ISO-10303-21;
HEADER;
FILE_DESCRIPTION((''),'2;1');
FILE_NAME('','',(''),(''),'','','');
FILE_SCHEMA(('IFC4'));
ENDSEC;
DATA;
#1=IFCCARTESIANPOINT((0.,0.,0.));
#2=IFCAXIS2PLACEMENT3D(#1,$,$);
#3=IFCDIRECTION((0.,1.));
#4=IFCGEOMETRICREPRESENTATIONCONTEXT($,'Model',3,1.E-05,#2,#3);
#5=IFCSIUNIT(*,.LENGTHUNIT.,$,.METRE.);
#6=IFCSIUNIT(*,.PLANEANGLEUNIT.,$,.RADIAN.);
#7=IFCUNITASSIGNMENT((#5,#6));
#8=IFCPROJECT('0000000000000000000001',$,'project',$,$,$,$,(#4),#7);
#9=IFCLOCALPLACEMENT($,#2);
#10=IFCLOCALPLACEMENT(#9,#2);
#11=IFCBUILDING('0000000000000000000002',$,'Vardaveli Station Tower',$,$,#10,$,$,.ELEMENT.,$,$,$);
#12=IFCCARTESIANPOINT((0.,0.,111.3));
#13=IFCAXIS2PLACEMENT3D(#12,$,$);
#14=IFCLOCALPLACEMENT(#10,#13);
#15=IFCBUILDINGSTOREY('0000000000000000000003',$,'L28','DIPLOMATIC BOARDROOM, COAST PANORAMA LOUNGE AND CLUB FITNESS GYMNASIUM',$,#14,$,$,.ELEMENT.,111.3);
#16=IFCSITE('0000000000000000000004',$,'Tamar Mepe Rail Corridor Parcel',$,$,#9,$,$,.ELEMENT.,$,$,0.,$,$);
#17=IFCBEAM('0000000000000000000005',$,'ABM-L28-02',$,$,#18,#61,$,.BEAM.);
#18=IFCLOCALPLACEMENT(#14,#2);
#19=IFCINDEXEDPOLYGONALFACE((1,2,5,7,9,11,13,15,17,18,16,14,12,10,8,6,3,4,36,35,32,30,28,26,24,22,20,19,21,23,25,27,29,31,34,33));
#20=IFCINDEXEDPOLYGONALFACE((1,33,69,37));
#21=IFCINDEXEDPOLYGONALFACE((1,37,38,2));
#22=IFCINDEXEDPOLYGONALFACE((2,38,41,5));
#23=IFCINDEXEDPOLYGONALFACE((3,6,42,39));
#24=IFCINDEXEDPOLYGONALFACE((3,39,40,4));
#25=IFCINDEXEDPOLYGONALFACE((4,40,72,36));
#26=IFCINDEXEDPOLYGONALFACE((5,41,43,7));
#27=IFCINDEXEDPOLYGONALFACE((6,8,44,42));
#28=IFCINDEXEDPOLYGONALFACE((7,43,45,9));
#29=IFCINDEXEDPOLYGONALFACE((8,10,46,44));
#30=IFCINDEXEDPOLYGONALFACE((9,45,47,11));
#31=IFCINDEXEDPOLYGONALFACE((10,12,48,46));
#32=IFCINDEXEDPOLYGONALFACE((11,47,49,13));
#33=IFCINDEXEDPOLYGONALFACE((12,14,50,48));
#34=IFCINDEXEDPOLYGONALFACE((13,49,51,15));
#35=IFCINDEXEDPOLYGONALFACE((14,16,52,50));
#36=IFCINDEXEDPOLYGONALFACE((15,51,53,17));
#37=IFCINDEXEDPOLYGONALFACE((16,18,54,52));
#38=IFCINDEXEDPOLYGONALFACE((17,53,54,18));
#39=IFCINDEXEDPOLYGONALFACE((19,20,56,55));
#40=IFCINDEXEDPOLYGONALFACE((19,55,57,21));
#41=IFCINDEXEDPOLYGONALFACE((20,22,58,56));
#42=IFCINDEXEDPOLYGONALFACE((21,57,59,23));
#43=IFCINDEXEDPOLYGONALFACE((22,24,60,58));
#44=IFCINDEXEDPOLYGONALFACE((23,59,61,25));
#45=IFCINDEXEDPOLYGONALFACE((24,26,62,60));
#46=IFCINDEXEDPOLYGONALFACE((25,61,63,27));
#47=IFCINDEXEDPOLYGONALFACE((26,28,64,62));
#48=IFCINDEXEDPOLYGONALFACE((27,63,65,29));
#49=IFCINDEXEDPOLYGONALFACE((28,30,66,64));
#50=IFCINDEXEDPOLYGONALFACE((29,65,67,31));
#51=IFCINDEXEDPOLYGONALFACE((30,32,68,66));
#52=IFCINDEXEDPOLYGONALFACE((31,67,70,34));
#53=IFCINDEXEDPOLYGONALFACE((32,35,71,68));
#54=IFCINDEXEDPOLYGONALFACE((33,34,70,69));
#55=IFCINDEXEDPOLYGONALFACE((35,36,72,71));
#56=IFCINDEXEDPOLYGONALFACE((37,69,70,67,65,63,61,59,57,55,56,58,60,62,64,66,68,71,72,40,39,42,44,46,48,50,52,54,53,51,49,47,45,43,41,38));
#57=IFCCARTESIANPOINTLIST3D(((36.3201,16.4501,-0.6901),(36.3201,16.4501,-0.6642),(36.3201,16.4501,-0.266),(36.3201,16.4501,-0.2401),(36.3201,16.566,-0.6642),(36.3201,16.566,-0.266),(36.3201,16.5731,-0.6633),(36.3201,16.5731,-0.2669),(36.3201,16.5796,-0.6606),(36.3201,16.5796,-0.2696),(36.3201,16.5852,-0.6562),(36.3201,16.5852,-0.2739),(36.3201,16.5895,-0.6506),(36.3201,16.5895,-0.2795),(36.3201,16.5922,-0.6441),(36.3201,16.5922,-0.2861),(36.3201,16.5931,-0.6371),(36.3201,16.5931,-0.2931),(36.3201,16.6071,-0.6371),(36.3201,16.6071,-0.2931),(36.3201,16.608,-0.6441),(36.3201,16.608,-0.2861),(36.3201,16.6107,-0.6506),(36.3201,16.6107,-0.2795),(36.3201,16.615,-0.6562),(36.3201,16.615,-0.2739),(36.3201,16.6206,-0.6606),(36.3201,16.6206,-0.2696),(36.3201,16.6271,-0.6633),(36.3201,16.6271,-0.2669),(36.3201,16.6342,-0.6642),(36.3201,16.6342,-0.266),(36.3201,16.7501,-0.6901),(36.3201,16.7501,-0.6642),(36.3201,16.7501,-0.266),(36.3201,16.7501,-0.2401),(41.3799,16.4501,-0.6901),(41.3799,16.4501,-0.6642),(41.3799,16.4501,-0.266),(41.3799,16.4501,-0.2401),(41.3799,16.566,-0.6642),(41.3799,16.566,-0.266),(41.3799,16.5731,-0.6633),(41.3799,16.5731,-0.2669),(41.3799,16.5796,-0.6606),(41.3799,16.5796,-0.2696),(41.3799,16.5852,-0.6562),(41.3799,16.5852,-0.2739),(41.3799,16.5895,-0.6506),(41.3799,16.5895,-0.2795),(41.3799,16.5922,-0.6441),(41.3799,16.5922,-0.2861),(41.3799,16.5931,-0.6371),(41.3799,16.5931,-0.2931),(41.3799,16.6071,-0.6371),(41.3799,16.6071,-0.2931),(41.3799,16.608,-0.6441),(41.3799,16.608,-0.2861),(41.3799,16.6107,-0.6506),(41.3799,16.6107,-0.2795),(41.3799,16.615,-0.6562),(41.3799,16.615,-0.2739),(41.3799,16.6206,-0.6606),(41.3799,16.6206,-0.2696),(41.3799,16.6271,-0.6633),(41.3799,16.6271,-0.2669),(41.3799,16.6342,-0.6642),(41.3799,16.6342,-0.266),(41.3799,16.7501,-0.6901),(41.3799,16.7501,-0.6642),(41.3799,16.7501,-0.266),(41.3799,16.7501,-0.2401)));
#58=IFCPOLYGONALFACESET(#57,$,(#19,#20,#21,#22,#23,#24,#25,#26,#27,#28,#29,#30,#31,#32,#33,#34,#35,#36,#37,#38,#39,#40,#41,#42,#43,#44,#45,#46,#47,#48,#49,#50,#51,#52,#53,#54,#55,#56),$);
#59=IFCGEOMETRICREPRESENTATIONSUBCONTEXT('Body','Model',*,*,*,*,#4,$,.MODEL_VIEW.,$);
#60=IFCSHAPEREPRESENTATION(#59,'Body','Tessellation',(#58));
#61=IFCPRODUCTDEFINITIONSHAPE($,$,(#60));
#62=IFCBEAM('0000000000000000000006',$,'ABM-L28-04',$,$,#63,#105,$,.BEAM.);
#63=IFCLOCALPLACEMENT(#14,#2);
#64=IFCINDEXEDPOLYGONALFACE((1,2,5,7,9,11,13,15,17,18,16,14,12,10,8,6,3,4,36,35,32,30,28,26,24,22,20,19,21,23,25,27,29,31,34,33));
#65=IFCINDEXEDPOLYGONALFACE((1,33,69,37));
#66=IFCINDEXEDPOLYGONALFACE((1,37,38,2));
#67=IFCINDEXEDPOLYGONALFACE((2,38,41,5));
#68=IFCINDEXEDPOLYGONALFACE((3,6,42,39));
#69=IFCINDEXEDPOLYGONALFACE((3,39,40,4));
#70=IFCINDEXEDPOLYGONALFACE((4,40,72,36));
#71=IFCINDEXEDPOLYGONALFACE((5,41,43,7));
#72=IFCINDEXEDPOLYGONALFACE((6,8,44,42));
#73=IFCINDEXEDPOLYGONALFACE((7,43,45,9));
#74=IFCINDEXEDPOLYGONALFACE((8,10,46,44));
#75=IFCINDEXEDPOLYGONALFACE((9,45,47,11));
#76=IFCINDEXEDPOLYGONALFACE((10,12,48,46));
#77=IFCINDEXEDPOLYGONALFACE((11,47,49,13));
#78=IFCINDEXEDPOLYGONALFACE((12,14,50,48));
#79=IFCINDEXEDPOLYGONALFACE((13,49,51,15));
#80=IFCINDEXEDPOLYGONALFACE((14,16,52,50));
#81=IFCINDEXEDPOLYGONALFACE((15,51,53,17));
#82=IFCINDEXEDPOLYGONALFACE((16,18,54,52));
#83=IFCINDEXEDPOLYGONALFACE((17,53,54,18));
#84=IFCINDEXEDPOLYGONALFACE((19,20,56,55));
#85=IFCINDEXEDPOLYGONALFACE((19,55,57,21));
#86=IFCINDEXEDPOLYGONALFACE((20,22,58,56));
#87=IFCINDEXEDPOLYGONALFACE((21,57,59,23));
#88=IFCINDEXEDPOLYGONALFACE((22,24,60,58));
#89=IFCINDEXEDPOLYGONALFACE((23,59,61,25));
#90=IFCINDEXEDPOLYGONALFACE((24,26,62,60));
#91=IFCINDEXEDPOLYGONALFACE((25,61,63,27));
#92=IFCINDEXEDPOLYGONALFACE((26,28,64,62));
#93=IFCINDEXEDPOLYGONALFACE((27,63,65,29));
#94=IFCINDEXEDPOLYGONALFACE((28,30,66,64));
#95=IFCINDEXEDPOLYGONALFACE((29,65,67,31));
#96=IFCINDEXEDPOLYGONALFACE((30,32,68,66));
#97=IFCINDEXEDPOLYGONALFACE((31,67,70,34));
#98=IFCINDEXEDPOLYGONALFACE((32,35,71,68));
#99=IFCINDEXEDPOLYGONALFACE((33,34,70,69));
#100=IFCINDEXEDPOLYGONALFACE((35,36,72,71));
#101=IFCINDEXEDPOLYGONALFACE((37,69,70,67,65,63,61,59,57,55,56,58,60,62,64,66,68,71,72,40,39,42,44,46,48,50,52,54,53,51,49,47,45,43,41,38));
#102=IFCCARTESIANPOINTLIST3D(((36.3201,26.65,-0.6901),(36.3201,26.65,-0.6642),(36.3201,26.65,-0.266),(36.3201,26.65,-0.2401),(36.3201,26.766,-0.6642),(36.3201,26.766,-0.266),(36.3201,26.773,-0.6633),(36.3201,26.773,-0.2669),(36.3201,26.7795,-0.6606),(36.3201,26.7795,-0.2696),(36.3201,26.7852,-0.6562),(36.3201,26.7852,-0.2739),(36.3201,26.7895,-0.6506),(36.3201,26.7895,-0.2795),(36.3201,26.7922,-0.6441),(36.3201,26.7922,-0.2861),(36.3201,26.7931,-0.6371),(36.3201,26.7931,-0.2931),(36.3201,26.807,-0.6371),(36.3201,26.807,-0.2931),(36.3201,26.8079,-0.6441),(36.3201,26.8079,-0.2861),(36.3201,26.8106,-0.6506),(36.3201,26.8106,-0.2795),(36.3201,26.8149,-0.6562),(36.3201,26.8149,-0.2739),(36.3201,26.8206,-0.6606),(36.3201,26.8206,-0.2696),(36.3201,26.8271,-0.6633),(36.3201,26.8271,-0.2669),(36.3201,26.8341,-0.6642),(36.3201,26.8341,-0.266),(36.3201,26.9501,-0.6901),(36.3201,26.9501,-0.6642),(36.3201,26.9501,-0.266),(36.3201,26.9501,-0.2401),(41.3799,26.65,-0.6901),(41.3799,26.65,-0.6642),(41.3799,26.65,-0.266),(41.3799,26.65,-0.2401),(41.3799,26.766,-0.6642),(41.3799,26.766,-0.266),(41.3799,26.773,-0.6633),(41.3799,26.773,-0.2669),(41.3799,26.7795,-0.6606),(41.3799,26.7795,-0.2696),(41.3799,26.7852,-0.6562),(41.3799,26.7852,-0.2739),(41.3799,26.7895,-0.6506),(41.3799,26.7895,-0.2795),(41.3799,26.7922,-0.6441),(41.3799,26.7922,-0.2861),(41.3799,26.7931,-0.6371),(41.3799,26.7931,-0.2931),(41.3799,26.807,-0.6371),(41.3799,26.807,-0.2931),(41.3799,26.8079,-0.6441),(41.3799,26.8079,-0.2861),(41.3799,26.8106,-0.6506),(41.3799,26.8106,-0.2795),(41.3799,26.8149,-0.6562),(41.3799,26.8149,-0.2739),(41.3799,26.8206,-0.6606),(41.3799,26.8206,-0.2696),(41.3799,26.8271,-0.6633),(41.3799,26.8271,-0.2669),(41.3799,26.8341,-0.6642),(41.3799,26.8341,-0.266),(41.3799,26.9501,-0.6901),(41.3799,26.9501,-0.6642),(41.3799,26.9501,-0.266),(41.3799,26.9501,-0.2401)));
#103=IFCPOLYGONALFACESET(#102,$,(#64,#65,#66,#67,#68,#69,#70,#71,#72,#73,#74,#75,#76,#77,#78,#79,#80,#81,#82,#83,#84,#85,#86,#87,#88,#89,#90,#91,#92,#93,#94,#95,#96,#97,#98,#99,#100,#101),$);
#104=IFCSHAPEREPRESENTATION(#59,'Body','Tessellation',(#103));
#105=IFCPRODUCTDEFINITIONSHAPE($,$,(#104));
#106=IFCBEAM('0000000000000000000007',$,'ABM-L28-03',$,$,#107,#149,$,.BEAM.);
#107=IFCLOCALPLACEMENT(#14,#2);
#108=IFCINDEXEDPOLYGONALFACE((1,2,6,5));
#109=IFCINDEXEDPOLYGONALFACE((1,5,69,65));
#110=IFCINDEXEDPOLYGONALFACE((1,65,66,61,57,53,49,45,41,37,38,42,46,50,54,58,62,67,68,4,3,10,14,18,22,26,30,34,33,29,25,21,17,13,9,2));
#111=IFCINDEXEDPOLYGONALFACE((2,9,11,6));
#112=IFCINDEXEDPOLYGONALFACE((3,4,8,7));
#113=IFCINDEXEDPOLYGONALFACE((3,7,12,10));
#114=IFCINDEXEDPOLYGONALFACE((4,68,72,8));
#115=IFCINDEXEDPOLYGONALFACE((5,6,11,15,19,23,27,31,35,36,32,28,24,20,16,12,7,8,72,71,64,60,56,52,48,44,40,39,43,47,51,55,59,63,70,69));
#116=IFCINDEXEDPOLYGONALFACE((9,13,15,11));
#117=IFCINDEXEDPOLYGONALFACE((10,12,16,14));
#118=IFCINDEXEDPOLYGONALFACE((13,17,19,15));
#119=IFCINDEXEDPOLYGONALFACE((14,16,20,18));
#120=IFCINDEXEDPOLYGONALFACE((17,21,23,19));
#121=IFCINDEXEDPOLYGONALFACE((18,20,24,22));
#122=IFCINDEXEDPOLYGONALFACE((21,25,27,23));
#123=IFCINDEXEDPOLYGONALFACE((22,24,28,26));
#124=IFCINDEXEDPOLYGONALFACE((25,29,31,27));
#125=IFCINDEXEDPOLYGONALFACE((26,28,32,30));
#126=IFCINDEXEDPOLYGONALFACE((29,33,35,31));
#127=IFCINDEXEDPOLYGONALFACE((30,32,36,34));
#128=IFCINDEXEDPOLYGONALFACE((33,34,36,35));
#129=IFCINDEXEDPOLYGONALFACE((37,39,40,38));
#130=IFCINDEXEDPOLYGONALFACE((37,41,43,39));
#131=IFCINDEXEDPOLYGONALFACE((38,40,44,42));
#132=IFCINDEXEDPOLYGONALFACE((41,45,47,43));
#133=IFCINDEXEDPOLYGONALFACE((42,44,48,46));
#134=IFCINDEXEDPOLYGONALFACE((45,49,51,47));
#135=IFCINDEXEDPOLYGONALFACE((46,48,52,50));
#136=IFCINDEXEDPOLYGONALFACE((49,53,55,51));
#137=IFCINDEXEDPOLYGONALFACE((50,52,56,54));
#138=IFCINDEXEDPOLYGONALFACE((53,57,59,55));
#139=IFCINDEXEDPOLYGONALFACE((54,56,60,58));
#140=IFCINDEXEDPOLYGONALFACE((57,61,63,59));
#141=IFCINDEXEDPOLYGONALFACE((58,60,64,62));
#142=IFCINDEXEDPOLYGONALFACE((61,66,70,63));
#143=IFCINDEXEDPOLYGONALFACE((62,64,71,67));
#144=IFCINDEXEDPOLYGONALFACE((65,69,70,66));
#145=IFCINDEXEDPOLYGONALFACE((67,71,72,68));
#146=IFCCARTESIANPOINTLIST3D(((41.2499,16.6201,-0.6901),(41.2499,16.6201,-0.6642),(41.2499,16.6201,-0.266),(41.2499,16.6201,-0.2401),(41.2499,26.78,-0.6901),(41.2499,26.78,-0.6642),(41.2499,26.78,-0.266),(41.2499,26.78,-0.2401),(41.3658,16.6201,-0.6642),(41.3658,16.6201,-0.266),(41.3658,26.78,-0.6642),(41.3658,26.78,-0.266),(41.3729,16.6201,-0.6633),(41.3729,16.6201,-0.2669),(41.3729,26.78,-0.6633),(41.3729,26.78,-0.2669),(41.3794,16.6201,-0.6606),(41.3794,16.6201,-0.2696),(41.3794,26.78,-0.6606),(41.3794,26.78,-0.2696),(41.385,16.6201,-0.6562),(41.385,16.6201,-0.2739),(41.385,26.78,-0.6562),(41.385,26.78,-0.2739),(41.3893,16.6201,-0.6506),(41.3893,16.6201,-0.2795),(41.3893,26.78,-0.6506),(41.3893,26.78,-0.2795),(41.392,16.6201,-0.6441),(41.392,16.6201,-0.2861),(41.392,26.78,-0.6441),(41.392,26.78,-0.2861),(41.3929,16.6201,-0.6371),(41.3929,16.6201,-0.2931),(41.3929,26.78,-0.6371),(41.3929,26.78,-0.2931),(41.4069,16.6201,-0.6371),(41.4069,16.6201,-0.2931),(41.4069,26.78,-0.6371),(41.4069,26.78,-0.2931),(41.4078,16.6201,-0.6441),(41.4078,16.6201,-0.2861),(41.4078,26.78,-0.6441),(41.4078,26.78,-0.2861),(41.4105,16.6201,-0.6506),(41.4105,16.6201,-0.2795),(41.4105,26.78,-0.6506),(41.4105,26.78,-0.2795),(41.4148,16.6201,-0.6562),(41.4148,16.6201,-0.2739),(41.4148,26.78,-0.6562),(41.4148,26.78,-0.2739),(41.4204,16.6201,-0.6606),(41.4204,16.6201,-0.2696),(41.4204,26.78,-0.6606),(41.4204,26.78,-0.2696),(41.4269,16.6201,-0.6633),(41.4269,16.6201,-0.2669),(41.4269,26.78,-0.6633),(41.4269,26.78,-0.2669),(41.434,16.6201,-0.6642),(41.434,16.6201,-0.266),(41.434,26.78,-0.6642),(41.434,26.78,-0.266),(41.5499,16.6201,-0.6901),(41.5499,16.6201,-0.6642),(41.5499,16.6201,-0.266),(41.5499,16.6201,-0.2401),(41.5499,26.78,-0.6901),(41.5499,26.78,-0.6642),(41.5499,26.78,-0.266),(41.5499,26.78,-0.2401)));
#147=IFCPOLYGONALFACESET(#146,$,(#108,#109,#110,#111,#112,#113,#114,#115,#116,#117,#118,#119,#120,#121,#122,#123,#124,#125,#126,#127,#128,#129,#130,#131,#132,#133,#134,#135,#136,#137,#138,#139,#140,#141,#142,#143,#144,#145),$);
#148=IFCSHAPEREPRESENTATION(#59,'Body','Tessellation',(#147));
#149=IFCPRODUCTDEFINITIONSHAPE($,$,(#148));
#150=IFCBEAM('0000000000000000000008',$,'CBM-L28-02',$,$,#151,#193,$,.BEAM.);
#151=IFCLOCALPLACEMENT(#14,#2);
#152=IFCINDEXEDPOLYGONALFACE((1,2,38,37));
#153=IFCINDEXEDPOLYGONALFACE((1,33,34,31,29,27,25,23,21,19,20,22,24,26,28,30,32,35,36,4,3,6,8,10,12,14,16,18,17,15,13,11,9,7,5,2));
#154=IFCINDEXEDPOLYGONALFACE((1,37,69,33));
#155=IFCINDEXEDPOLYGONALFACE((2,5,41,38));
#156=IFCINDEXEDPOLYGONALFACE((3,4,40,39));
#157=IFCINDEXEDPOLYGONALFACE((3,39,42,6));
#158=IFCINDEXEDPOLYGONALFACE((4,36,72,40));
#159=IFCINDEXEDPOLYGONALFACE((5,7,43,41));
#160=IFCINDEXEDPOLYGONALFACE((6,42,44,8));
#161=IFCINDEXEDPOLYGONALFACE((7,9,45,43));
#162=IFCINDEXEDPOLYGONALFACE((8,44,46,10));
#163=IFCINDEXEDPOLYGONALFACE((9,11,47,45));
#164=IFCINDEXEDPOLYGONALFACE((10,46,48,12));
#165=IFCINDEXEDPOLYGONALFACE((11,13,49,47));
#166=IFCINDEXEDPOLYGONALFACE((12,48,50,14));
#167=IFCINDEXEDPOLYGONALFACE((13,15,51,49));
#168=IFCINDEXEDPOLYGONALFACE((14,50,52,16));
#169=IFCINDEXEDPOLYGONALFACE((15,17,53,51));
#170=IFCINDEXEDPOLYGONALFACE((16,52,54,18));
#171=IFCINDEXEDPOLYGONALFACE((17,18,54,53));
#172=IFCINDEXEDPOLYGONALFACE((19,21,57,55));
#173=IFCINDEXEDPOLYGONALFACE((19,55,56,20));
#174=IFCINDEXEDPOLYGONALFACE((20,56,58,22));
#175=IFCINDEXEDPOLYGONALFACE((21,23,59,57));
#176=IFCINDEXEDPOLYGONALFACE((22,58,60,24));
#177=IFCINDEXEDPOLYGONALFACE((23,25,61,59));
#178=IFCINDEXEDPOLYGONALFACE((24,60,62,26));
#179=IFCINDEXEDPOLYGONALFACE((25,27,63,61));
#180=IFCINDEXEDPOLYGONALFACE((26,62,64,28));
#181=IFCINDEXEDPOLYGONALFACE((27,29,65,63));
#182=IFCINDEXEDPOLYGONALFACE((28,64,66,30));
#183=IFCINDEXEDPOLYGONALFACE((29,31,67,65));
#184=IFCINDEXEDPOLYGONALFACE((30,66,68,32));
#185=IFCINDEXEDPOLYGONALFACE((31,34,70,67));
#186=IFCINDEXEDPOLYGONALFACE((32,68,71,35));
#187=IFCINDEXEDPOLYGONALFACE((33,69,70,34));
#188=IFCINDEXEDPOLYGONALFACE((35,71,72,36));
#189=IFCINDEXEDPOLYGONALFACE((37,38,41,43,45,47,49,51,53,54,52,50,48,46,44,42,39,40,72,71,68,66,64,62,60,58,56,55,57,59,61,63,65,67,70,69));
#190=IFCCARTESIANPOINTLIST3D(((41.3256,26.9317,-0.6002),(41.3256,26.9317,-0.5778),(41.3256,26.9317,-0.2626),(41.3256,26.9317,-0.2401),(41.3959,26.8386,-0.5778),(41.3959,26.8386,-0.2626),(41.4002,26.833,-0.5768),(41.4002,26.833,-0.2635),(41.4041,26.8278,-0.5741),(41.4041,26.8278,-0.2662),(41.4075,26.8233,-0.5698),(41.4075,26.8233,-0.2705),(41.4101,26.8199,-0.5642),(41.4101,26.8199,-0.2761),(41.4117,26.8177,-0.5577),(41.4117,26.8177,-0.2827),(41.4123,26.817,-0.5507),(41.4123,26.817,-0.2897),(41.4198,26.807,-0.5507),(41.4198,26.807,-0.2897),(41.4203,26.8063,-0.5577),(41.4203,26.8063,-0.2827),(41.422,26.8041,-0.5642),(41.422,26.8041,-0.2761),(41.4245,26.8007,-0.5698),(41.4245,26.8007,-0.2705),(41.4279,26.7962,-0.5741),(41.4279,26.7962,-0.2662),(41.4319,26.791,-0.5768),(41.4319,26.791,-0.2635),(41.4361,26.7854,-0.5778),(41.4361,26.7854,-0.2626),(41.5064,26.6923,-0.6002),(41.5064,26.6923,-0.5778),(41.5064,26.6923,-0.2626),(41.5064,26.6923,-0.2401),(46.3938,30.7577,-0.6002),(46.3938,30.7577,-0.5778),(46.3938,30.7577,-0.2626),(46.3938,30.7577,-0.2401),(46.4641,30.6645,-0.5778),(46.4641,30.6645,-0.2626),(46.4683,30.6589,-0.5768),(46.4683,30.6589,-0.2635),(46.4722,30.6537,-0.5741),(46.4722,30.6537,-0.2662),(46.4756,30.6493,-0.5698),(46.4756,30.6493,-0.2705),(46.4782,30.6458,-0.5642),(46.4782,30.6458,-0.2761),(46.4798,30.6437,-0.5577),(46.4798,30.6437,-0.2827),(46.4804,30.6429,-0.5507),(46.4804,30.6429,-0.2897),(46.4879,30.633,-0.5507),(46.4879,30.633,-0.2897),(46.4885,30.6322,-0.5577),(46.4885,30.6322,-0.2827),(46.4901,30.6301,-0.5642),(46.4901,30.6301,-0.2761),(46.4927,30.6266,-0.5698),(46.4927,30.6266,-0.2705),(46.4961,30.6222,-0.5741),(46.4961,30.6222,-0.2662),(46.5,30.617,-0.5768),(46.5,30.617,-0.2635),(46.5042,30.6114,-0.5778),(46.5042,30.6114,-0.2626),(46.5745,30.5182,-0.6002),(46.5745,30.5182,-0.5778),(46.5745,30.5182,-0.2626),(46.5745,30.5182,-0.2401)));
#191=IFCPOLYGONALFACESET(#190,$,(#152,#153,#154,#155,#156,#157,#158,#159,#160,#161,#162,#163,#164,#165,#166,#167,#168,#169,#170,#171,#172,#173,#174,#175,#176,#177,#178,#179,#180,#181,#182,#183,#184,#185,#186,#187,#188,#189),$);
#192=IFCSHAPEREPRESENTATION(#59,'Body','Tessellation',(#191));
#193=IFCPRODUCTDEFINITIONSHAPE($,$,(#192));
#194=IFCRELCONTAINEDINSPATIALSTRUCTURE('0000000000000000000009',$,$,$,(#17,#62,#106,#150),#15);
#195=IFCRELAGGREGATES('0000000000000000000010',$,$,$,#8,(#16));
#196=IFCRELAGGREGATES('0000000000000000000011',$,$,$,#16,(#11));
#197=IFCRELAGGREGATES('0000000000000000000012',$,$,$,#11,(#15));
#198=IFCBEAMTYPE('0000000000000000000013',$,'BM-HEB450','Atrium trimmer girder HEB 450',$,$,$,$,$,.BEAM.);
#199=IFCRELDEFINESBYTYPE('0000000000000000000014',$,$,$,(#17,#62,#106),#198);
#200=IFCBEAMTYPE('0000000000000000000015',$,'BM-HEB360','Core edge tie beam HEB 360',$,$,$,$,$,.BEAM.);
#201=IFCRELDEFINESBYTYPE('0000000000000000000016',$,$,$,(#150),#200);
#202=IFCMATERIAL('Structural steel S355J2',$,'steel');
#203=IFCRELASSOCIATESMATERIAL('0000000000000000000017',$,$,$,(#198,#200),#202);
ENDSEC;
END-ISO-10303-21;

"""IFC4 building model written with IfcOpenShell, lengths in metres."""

from ifc_helpers import new_model, si_unit, direction, frame, origin, origin_2d, place, context, subcontext, project, spatial, i_section, extrude, source, transform, mapped, material, material_profile, profile_set, type_object, element, save


model = new_model("IFC4")

# Units and contexts
model_context = context("Model", 3, precision=1e-05, world=origin(), true_north=direction((0.0, 1.0)))
body_context = subcontext(model_context, "Body", "Model", "MODEL_VIEW")
ifc_project = project(units=[si_unit("LENGTHUNIT", "METRE"), si_unit("PLANEANGLEUNIT", "RADIAN")], contexts=[model_context])

# Site, building, storey
site_placement = place(None, origin())
site = spatial("IfcSite", under=ifc_project, at=site_placement, Name="Tamar Mepe Rail Corridor Parcel", CompositionType="ELEMENT", RefElevation=0.0)
building_placement = place(site_placement, origin())
building = spatial("IfcBuilding", under=site, at=building_placement, Name="Vardaveli Station Tower", CompositionType="ELEMENT")
storey_placement = place(building_placement, frame((0.0, 0.0, 111.3)))
storey = spatial("IfcBuildingStorey", under=building, at=storey_placement, Name="L28", Description="DIPLOMATIC BOARDROOM, COAST PANORAMA LOUNGE AND CLUB FITNESS GYMNASIUM", CompositionType="ELEMENT", Elevation=111.3)

# Beams
ifc_material_1 = material(Name="Structural steel S355J2", Category="steel")
ifc_material_profile_1 = material_profile(ifc_material_1, i_section(OverallWidth=0.3, OverallDepth=0.45, WebThickness=0.0139, FlangeThickness=0.0259, FilletRadius=0.0271, at=origin_2d()), Name="HEB 450")
ifc_profile_set_1 = profile_set([ifc_material_profile_1], Name="Structural steel S355J2")
beam_type_1 = type_object("IfcBeamType", Name="BM-HEB450", Description="Atrium trimmer girder HEB 450", PredefinedType="BEAM", material=ifc_profile_set_1)
shared_shape_1 = source(origin(), body_context, "Body", "SweptSolid", [
    extrude(i_section(OverallWidth=0.3, OverallDepth=0.45, WebThickness=0.0139, FlangeThickness=0.0259, FilletRadius=0.0271, at=origin_2d()), origin(), (0.0, 0.0, 1.0), 5.0598),
])
for number, where, z_axis, x_axis, name in (
    (1, (36.3201, 16.6001, -0.4651), (1.0, 0.0, 0.0), (0.0, 1.0, 0.0), "ABM-L28-02"),
    (2, (41.3799, 26.8, -0.4651), (-1.0, 0.0, 0.0), (0.0, -1.0, 0.0), "ABM-L28-04"),
):
    element("IfcBeam", number, at=place(storey_placement, frame(where, z_axis=z_axis, x_axis=x_axis)), inside=storey, type_object=beam_type_1, Name=name, PredefinedType="BEAM", context=body_context, shape_type="MappedRepresentation", body=[
        mapped(shared_shape_1, transform((0.0, 0.0, 0.0), scale=1.0)),
    ])
shared_shape_2 = source(origin(), body_context, "Body", "SweptSolid", [
    extrude(i_section(OverallWidth=0.3, OverallDepth=0.45, WebThickness=0.0139, FlangeThickness=0.0259, FilletRadius=0.0271, at=origin_2d()), origin(), (0.0, 0.0, 1.0), 10.1599),
])
beam_1_placement = place(storey_placement, frame((41.3999, 16.6201, -0.4651), z_axis=(0.0, 1.0, 0.0), x_axis=(-1.0, 0.0, 0.0)))
element("IfcBeam", 3, at=beam_1_placement, inside=storey, type_object=beam_type_1, Name="ABM-L28-03", PredefinedType="BEAM", context=body_context, shape_type="MappedRepresentation", body=[
    mapped(shared_shape_2, transform((0.0, 0.0, 0.0), scale=1.0)),
])
ifc_material_profile_2 = material_profile(ifc_material_1, i_section(OverallWidth=0.3, OverallDepth=0.3601, WebThickness=0.0125, FlangeThickness=0.0225, FilletRadius=0.0271, at=origin_2d()), Name="HEB 360")
ifc_profile_set_2 = profile_set([ifc_material_profile_2], Name="Structural steel S355J2")
beam_type_2 = type_object("IfcBeamType", Name="BM-HEB360", Description="Core edge tie beam HEB 360", PredefinedType="BEAM", material=ifc_profile_set_2)
shared_shape_3 = source(origin(), body_context, "Body", "SweptSolid", [
    extrude(i_section(OverallWidth=0.3, OverallDepth=0.3601, WebThickness=0.0125, FlangeThickness=0.0225, FilletRadius=0.0271, at=origin_2d()), origin(), (0.0, 0.0, 1.0), 6.3501),
])
beam_2_placement = place(storey_placement, frame((41.416, 26.812, -0.4202), z_axis=(0.798118, 0.602501, 0.0), x_axis=(-0.602501, 0.798118, 0.0)))
element("IfcBeam", 4, at=beam_2_placement, inside=storey, type_object=beam_type_2, Name="CBM-L28-02", PredefinedType="BEAM", context=body_context, shape_type="MappedRepresentation", body=[
    mapped(shared_shape_3, transform((0.0, 0.0, 0.0), scale=1.0)),
])

save(model, "model.ifc")
